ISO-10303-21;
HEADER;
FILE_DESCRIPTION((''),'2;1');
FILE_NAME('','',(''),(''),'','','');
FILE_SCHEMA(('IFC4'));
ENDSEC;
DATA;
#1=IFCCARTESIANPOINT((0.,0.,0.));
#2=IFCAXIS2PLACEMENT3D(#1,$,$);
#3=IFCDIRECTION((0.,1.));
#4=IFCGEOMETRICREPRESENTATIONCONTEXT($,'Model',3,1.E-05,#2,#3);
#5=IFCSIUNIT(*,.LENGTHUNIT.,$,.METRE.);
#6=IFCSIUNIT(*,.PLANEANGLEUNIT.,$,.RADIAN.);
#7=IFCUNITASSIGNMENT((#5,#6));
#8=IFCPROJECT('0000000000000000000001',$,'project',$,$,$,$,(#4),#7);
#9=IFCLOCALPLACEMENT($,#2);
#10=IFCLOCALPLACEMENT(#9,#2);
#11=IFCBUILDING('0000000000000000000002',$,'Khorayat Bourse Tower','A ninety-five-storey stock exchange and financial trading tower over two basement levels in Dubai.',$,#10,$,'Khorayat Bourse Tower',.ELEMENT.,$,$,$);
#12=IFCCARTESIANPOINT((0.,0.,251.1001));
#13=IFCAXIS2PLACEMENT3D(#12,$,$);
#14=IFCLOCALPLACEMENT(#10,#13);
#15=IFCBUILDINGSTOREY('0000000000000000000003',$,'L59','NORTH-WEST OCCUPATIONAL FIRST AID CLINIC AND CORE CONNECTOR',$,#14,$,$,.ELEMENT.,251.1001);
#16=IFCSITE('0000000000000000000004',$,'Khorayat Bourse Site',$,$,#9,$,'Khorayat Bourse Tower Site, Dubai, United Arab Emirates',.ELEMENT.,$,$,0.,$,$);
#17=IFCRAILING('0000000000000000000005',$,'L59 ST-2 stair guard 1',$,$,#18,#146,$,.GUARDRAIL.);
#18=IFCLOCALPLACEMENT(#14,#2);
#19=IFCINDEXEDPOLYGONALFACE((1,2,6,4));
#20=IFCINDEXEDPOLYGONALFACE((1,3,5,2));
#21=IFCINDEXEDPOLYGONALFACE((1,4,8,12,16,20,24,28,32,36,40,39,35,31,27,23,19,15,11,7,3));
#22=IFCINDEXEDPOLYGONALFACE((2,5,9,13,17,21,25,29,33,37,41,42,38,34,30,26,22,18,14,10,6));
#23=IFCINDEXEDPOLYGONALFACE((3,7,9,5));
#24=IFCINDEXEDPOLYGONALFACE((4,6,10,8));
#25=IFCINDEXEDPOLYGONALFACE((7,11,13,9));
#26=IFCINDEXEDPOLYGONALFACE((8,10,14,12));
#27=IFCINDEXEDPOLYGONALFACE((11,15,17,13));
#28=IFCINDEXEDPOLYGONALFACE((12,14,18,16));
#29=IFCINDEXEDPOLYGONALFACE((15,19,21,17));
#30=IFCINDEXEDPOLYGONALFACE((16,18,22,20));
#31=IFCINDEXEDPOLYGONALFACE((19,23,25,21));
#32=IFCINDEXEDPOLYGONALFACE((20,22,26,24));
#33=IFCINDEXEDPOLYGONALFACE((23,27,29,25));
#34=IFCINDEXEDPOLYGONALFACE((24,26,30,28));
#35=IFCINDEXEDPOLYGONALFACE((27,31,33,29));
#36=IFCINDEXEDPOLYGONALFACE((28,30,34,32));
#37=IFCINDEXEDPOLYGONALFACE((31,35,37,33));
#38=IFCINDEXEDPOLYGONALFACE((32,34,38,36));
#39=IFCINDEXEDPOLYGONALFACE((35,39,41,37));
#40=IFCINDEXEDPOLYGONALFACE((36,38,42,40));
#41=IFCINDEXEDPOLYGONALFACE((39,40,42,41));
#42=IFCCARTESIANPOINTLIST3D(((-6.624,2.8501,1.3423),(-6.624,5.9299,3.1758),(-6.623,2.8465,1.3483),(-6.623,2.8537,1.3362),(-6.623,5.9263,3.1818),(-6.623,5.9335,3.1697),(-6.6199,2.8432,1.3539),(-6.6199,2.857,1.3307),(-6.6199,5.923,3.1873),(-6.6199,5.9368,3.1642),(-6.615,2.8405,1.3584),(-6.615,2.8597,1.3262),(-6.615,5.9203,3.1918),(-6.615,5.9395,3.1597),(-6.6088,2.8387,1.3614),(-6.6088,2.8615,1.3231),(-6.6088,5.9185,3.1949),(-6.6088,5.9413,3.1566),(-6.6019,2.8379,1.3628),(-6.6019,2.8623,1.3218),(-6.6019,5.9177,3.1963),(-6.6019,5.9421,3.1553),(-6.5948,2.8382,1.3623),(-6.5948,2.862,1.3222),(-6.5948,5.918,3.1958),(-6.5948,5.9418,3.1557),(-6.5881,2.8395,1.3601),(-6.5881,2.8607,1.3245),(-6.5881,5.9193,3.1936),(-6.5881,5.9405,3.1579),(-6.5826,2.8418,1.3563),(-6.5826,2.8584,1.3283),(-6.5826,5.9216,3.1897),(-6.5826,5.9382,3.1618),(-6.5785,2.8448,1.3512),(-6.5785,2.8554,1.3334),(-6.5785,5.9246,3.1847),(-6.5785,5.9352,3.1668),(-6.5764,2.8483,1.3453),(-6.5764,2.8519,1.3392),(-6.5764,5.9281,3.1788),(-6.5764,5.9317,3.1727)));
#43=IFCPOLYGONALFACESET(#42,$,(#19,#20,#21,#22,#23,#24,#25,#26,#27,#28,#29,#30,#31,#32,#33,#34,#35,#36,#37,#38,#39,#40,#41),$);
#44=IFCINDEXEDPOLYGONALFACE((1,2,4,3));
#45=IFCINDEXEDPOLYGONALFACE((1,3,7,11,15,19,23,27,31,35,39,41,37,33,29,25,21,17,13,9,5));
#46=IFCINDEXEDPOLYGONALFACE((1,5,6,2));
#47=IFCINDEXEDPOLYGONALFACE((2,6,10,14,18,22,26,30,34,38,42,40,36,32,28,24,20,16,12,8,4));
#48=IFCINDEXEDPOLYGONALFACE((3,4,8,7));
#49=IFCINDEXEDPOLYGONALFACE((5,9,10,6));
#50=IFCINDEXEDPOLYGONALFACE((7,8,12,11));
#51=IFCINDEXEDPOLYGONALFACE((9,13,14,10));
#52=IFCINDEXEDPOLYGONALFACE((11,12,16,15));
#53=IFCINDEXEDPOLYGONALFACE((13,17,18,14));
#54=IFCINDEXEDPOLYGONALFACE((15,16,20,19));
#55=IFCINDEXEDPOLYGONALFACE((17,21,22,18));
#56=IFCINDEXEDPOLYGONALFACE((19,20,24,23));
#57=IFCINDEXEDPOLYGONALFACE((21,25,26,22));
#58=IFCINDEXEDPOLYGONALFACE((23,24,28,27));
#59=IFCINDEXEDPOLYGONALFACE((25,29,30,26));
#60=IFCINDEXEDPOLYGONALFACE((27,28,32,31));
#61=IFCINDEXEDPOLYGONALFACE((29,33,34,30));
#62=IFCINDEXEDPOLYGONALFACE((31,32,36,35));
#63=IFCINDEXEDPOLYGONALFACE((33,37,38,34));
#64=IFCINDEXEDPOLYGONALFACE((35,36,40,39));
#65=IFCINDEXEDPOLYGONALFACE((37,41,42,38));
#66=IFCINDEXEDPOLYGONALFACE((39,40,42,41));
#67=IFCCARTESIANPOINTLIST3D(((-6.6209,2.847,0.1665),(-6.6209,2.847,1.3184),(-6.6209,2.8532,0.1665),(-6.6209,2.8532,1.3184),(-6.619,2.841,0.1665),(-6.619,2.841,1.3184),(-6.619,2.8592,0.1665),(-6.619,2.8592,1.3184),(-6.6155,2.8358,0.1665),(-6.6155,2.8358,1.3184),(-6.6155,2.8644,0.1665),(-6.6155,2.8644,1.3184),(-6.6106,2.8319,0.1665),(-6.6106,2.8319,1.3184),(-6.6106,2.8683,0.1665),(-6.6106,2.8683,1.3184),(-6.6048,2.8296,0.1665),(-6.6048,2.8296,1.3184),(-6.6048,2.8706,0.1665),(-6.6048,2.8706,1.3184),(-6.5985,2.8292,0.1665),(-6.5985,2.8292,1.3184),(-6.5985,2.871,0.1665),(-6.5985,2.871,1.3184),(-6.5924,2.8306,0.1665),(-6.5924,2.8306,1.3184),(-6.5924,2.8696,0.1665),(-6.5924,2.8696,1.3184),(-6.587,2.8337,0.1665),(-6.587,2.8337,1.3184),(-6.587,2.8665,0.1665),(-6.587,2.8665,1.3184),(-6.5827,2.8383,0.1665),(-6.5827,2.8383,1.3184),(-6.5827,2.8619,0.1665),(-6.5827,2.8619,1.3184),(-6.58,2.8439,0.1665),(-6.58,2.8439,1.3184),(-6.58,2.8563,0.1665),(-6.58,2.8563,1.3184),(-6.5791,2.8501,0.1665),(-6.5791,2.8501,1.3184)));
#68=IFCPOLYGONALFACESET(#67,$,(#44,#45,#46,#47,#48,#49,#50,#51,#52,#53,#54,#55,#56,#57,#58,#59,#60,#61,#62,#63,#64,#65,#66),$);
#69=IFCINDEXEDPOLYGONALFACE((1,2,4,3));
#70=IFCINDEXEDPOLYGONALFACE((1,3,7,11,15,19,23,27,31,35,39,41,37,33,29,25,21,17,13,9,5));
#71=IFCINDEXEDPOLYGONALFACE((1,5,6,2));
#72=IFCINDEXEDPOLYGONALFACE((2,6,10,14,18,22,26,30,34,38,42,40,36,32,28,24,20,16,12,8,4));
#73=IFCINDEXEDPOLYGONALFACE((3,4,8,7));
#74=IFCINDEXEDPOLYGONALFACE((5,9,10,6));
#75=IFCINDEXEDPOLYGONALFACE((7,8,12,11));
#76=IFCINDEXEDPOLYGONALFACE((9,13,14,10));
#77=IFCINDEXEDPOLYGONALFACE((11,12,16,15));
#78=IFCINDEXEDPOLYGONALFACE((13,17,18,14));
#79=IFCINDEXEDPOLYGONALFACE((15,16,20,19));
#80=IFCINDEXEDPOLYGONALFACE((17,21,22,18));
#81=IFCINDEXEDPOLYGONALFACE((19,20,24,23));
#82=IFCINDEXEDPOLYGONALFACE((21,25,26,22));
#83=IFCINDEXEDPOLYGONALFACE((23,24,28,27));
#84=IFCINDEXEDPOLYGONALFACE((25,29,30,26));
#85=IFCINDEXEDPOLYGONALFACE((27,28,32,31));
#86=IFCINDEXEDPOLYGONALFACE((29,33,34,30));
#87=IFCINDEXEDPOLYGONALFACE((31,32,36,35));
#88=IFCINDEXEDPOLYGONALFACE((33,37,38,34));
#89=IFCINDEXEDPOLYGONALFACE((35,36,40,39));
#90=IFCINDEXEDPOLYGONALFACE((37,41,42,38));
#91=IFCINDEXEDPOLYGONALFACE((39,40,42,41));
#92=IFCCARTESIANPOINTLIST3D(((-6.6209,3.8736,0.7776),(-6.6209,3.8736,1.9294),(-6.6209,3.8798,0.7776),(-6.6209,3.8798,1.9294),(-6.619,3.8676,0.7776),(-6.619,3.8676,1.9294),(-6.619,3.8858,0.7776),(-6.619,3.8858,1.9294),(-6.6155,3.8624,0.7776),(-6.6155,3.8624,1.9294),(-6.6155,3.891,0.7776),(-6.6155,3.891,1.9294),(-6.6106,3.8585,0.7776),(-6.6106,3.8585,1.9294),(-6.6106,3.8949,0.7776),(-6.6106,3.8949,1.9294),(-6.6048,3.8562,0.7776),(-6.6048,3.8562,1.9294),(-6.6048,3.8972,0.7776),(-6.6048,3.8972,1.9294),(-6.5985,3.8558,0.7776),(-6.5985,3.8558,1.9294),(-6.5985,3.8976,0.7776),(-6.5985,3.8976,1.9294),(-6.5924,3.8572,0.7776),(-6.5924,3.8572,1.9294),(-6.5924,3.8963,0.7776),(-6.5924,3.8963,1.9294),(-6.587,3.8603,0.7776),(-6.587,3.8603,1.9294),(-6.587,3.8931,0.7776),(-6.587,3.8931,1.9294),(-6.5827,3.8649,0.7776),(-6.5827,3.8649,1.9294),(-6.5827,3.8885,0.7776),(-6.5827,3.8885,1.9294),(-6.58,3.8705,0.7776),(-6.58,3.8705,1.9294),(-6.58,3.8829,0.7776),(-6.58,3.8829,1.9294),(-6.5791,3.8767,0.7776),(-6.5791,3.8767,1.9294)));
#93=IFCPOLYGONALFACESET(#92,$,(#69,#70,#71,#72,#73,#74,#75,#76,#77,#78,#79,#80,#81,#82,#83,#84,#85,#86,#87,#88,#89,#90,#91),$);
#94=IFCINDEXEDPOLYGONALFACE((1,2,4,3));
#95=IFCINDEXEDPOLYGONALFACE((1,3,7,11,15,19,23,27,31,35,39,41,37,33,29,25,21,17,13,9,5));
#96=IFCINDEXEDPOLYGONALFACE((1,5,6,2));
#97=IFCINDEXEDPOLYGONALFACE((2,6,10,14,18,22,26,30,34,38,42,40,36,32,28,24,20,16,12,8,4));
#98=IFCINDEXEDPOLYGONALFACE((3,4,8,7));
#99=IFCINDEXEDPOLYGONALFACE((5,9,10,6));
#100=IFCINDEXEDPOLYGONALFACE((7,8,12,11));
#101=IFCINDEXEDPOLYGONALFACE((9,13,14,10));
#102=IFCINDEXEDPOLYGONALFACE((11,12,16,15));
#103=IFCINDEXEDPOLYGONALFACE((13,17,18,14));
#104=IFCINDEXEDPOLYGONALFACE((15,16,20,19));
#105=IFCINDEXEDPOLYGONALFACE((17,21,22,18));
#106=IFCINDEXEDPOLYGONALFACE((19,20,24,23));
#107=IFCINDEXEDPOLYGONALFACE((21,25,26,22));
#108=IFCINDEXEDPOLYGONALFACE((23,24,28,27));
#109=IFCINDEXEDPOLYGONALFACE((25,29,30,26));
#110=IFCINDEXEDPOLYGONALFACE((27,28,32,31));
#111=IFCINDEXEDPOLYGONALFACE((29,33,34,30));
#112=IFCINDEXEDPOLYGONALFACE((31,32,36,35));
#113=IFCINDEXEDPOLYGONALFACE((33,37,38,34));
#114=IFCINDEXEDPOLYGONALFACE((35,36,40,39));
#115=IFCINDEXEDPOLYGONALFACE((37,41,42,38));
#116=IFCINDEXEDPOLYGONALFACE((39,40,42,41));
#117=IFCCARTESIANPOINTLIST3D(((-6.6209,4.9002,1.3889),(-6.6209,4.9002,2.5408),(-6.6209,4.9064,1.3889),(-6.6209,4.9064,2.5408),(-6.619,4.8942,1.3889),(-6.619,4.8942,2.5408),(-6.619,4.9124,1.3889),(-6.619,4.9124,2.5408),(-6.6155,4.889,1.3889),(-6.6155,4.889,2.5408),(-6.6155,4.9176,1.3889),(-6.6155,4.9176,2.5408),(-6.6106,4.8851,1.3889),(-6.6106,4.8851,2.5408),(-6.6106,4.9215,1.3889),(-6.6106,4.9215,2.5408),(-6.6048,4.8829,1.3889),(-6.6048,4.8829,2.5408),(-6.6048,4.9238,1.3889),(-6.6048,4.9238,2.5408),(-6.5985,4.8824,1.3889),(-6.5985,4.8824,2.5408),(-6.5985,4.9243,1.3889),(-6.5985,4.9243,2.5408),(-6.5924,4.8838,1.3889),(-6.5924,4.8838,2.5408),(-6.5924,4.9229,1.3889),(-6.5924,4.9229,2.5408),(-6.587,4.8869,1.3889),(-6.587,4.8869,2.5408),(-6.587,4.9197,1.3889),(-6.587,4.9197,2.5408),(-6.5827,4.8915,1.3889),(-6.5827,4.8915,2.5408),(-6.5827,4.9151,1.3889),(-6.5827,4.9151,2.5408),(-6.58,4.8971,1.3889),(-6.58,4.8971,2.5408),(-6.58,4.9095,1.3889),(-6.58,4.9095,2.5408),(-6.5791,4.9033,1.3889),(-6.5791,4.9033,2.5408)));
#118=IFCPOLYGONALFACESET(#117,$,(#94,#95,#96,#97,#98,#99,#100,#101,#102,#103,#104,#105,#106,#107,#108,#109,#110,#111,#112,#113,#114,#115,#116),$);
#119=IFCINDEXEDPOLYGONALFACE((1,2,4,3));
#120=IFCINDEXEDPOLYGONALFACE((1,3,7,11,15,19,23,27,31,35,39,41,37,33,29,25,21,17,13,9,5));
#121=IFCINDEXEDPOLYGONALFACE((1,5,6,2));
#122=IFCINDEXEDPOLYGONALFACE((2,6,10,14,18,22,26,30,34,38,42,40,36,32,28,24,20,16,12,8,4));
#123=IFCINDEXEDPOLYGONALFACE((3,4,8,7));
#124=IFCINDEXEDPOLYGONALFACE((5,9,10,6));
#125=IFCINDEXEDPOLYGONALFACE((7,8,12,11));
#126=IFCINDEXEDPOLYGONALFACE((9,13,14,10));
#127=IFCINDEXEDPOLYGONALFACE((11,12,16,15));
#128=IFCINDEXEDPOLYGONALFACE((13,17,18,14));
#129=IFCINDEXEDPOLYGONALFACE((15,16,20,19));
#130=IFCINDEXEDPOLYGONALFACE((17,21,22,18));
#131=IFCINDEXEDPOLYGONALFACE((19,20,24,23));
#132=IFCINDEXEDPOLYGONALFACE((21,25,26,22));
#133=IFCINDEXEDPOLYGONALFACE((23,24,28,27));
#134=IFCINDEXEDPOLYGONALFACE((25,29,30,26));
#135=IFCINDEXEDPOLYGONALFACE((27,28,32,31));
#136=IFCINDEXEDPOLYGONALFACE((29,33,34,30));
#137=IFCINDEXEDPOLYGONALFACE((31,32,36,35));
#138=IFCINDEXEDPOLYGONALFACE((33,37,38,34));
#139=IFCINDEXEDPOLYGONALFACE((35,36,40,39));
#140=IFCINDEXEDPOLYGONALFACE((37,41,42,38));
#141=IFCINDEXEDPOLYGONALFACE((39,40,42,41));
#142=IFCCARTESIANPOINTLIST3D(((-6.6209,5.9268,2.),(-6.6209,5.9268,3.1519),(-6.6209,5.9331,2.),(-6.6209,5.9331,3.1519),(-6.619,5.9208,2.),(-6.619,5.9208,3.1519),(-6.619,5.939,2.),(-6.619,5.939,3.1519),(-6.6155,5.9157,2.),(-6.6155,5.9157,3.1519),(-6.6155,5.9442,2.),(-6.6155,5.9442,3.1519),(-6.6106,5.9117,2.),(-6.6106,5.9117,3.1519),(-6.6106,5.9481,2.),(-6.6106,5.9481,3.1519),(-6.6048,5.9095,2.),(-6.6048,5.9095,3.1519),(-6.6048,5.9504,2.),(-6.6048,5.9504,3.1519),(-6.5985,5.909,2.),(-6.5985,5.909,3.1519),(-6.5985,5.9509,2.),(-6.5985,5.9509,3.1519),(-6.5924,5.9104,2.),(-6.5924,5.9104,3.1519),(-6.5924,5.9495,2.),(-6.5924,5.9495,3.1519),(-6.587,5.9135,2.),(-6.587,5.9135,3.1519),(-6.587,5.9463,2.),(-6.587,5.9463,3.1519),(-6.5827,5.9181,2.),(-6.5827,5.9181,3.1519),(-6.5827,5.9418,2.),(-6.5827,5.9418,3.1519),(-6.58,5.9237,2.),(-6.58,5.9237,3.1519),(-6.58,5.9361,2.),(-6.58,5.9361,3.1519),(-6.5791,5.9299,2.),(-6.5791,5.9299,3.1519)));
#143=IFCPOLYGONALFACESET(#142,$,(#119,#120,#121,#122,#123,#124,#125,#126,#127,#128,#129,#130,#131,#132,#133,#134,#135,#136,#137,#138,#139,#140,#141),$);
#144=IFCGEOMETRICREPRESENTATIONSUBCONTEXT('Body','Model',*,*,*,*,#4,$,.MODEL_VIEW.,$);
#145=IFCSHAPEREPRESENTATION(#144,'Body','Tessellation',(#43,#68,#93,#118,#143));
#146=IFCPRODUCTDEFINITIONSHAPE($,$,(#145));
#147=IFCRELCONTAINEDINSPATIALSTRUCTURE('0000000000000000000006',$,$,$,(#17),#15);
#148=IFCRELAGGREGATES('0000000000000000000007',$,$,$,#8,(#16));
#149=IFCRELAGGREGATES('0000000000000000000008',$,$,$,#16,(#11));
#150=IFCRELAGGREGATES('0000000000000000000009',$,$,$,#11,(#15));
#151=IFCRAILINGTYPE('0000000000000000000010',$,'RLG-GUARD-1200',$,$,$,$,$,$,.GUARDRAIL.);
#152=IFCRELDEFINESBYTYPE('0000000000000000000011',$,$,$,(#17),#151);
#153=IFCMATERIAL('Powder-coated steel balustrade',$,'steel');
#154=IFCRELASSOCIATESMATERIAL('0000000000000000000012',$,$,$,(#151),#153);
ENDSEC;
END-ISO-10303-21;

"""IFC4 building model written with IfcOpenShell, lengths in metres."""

from ifc_helpers import new_model, si_unit, direction, frame, origin, origin_2d, place, context, subcontext, project, spatial, circle, extrude, source, transform, mapped, material, type_object, element, save


model = new_model("IFC4")

# Units and contexts
model_context = context("Model", 3, precision=1e-05, world=origin(), true_north=direction((0.0, 1.0)))
body_context = subcontext(model_context, "Body", "Model", "MODEL_VIEW")
ifc_project = project(units=[si_unit("LENGTHUNIT", "METRE"), si_unit("PLANEANGLEUNIT", "RADIAN")], contexts=[model_context])

# Site, building, storey
site_placement = place(None, origin())
site = spatial("IfcSite", under=ifc_project, at=site_placement, Name="Khorayat Bourse Site", LongName="Khorayat Bourse Tower Site, Dubai, United Arab Emirates", CompositionType="ELEMENT", RefElevation=0.0)
building_placement = place(site_placement, origin())
building = spatial("IfcBuilding", under=site, at=building_placement, Name="Khorayat Bourse Tower", Description="A ninety-five-storey stock exchange and financial trading tower over two basement levels in Dubai.", LongName="Khorayat Bourse Tower", CompositionType="ELEMENT")
storey_placement = place(building_placement, frame((0.0, 0.0, 251.1001)))
storey = spatial("IfcBuildingStorey", under=building, at=storey_placement, Name="L59", Description="NORTH-WEST OCCUPATIONAL FIRST AID CLINIC AND CORE CONNECTOR", CompositionType="ELEMENT", Elevation=251.1001)

# Railing
ifc_material_1 = material(Name="Powder-coated steel balustrade", Category="steel")
railing_type_1 = type_object("IfcRailingType", Name="RLG-GUARD-1200", PredefinedType="GUARDRAIL", material=ifc_material_1)
shared_shape_1 = source(origin(), body_context, "Body", "SweptSolid", [
    extrude(circle(Radius=0.0239, at=origin_2d()), frame((0.0, 0.0, 1.1758), z_axis=(0.0, 0.859261, 0.511538), x_axis=(-1.0, 0.0, 0.0)), (0.0, 0.0, 1.0), 3.5842),
    extrude(circle(Radius=0.021, at=origin_2d()), origin(), (0.0, 0.0, 1.0), 1.1519),
    extrude(circle(Radius=0.021, at=origin_2d()), frame((0.0, 1.0266, 0.6111)), (0.0, 0.0, 1.0), 1.1519),
    extrude(circle(Radius=0.021, at=origin_2d()), frame((0.0, 2.0532, 1.2224)), (0.0, 0.0, 1.0), 1.1519),
    extrude(circle(Radius=0.021, at=origin_2d()), frame((0.0, 3.0798, 1.8335)), (0.0, 0.0, 1.0), 1.1519),
])
railing_1_placement = place(storey_placement, frame((-6.6001, 2.8501, 0.1665)))
element("IfcRailing", 1, at=railing_1_placement, inside=storey, type_object=railing_type_1, Name="L59 ST-2 stair guard 1", PredefinedType="GUARDRAIL", context=body_context, shape_type="MappedRepresentation", body=[
    mapped(shared_shape_1, transform((0.0, 0.0, 0.0), scale=1.0)),
])

save(model, "model.ifc")
